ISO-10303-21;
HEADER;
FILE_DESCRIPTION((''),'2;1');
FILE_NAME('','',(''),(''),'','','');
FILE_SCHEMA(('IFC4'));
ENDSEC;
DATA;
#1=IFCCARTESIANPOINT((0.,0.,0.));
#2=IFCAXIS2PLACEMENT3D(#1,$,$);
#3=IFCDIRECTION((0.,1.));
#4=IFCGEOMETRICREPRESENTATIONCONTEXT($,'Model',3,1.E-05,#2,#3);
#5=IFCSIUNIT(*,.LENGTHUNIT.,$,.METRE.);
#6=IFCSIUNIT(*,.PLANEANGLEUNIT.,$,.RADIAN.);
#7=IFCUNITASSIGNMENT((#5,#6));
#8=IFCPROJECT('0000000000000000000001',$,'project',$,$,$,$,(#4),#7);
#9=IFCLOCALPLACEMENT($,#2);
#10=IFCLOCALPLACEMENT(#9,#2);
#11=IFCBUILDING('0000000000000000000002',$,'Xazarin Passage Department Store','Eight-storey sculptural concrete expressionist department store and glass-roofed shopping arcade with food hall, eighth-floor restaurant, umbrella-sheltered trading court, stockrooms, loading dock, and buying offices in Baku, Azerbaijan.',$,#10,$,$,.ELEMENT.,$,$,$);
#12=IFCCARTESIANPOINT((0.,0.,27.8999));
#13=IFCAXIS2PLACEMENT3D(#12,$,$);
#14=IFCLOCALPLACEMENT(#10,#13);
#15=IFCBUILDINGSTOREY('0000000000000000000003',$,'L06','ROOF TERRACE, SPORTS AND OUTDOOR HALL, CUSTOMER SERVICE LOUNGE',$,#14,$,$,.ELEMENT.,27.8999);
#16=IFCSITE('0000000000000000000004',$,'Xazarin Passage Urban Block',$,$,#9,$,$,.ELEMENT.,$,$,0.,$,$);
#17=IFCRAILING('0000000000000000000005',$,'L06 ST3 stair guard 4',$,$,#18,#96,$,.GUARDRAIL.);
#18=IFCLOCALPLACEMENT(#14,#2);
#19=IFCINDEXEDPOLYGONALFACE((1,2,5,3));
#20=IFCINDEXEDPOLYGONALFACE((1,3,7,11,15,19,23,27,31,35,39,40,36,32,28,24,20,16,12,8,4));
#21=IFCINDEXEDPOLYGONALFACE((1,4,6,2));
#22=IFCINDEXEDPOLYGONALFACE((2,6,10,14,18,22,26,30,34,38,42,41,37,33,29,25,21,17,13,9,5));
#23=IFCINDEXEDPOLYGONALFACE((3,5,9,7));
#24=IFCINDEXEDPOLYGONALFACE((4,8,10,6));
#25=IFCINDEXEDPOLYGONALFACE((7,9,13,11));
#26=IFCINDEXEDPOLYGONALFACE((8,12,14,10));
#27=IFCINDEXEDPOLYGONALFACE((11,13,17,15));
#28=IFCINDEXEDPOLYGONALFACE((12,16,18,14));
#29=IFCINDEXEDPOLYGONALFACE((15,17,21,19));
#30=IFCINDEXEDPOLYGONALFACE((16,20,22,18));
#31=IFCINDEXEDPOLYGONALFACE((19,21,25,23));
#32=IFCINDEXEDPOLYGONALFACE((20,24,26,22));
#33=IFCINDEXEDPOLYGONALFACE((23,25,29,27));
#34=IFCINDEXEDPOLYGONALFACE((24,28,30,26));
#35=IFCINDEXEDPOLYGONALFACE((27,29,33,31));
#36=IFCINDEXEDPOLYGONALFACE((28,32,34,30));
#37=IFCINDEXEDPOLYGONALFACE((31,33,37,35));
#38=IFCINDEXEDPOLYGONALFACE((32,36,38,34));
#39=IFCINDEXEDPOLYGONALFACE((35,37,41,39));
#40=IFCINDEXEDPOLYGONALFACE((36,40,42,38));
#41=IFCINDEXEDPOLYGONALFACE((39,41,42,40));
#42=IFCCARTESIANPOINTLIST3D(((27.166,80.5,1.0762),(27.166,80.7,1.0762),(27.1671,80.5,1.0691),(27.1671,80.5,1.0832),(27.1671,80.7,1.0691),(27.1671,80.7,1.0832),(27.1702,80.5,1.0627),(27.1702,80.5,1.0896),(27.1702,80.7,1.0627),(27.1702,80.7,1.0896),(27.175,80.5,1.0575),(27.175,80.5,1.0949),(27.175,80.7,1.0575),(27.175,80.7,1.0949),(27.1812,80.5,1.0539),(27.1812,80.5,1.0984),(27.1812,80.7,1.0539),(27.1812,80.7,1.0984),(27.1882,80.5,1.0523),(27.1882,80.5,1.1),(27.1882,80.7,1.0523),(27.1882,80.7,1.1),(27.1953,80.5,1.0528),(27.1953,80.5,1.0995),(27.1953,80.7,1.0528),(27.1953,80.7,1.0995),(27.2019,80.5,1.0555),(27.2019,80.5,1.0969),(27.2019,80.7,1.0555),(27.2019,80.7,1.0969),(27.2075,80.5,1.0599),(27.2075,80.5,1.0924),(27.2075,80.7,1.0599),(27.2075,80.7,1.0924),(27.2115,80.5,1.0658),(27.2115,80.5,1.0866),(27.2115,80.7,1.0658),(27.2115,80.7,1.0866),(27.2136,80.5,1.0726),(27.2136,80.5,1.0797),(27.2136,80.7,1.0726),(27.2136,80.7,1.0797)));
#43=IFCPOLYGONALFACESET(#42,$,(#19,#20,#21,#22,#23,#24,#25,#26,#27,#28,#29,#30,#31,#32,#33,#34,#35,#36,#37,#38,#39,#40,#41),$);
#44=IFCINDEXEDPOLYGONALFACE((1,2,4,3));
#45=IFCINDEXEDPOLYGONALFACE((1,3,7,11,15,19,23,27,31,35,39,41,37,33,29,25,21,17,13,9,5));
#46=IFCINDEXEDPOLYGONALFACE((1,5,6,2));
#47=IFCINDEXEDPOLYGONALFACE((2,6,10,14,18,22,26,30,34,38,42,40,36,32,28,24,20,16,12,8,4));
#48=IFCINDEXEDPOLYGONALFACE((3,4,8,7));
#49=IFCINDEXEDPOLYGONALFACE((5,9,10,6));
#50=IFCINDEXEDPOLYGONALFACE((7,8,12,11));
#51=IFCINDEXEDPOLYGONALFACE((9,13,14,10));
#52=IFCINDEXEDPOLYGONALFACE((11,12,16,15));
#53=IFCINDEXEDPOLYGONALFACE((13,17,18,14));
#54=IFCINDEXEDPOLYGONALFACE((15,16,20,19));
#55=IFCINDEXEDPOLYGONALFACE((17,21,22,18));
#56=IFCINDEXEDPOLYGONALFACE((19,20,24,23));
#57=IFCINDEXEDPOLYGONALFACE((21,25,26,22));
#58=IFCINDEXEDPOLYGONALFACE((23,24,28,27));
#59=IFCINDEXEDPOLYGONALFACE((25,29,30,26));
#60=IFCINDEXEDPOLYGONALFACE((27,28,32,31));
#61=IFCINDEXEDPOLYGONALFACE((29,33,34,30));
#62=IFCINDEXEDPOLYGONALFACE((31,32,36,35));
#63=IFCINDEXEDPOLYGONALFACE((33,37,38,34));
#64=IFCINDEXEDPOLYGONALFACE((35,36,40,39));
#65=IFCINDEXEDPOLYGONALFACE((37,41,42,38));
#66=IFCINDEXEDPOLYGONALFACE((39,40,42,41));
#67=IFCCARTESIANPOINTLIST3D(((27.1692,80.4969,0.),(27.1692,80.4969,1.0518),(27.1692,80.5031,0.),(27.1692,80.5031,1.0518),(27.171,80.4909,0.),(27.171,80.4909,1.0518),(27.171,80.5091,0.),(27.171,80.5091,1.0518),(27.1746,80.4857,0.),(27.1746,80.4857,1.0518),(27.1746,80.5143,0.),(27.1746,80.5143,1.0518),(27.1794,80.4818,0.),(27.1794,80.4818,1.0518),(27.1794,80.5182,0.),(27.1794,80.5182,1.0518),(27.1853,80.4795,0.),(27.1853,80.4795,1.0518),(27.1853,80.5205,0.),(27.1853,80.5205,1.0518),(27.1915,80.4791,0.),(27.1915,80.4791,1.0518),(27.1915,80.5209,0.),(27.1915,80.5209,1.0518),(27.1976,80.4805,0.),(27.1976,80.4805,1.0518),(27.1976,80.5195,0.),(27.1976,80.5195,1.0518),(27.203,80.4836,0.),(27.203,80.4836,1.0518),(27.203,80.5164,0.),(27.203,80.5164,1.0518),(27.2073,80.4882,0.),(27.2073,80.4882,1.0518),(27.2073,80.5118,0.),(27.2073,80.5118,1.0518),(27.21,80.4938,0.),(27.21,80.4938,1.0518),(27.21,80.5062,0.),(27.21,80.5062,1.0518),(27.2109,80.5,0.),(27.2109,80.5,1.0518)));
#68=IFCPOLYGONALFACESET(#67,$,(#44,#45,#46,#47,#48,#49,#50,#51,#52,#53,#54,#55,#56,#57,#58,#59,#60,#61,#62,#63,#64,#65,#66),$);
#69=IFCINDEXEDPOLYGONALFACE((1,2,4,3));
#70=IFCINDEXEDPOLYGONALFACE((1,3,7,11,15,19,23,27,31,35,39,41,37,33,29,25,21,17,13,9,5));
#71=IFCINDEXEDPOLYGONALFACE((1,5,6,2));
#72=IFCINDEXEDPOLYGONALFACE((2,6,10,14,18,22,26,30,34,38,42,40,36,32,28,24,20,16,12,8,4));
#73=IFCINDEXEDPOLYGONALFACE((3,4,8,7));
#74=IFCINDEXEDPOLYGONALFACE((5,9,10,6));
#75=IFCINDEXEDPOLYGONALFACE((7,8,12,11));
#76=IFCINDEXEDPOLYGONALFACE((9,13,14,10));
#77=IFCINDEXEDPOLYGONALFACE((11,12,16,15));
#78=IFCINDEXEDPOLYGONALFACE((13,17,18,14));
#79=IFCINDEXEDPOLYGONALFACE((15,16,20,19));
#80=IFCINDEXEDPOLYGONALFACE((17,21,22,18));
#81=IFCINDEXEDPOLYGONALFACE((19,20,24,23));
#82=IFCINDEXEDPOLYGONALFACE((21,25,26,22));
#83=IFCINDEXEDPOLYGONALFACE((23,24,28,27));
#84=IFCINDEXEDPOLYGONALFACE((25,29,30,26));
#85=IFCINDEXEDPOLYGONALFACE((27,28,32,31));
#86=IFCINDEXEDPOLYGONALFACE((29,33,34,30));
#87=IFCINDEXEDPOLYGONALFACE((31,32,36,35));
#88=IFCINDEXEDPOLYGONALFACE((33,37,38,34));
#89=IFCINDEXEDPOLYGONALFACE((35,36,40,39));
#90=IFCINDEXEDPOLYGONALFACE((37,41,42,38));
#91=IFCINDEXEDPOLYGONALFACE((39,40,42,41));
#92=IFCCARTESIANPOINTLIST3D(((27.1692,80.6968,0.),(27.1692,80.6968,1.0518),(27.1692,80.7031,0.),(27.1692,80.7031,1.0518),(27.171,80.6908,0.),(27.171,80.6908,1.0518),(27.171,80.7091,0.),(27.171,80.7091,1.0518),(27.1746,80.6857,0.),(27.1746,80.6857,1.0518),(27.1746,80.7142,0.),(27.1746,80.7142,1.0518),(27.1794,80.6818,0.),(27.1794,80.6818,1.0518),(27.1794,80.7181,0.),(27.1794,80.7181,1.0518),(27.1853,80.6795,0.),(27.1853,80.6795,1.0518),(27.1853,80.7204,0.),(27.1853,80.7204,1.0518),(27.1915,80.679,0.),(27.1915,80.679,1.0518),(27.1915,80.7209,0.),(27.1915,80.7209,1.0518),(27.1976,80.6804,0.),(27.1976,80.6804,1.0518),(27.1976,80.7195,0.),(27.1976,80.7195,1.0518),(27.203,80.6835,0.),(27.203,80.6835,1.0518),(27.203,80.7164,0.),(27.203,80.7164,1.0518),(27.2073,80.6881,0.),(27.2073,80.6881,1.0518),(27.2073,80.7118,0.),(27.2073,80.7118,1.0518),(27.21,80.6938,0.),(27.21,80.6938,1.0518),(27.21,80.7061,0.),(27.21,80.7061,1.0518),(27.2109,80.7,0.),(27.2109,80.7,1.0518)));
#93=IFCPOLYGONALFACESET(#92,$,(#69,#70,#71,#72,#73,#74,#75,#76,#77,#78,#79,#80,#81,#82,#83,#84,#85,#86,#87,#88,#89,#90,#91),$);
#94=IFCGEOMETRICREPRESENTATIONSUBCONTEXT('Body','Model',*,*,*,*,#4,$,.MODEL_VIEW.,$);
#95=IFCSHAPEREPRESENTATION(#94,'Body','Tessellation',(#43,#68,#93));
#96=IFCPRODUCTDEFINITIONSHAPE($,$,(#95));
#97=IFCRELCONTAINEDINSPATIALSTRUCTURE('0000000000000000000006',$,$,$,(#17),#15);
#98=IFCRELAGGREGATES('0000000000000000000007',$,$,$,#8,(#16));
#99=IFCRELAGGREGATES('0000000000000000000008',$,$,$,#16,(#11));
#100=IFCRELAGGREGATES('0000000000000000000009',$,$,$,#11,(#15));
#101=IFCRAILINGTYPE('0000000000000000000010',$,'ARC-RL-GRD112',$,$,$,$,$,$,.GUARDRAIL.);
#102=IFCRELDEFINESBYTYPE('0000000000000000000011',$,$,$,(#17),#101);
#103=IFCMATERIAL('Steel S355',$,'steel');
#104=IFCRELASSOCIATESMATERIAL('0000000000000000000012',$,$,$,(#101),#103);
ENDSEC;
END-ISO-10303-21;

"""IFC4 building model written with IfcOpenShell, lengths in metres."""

from ifc_helpers import new_model, si_unit, direction, frame, origin, origin_2d, place, context, subcontext, project, spatial, circle, extrude, material, type_object, element, save


model = new_model("IFC4")

# Units and contexts
model_context = context("Model", 3, precision=1e-05, world=origin(), true_north=direction((0.0, 1.0)))
body_context = subcontext(model_context, "Body", "Model", "MODEL_VIEW")
ifc_project = project(units=[si_unit("LENGTHUNIT", "METRE"), si_unit("PLANEANGLEUNIT", "RADIAN")], contexts=[model_context])

# Site, building, storey
site_placement = place(None, origin())
site = spatial("IfcSite", under=ifc_project, at=site_placement, Name="Xazarin Passage Urban Block", CompositionType="ELEMENT", RefElevation=0.0)
building_placement = place(site_placement, origin())
building = spatial("IfcBuilding", under=site, at=building_placement, Name="Xazarin Passage Department Store", Description="Eight-storey sculptural concrete expressionist department store and glass-roofed shopping arcade with food hall, eighth-floor restaurant, umbrella-sheltered trading court, stockrooms, loading dock, and buying offices in Baku, Azerbaijan.", CompositionType="ELEMENT")
storey_placement = place(building_placement, frame((0.0, 0.0, 27.8999)))
storey = spatial("IfcBuildingStorey", under=building, at=storey_placement, Name="L06", Description="ROOF TERRACE, SPORTS AND OUTDOOR HALL, CUSTOMER SERVICE LOUNGE", CompositionType="ELEMENT", Elevation=27.8999)

# Shared definitions
ifc_material_1 = material(Name="Steel S355", Category="steel")

# Railing
railing_type_1 = type_object("IfcRailingType", Name="ARC-RL-GRD112", PredefinedType="GUARDRAIL", material=ifc_material_1)
railing_1_placement = place(storey_placement, frame((27.1899, 80.5, 0.0)))
element("IfcRailing", 1, at=railing_1_placement, inside=storey, type_object=railing_type_1, Name="L06 ST3 stair guard 4", PredefinedType="GUARDRAIL", context=body_context, shape_type="SweptSolid", body=[
    extrude(circle(Radius=0.0239, at=origin_2d()), frame((0.0, 0.0, 1.0762), z_axis=(0.0, 1.0, 0.0), x_axis=(-1.0, 0.0, 0.0)), (0.0, 0.0, 1.0), 0.2),
    extrude(circle(Radius=0.021, at=origin_2d()), origin(), (0.0, 0.0, 1.0), 1.0518),
    extrude(circle(Radius=0.021, at=origin_2d()), frame((0.0, 0.2, 0.0)), (0.0, 0.0, 1.0), 1.0518),
])

save(model, "model.ifc")
